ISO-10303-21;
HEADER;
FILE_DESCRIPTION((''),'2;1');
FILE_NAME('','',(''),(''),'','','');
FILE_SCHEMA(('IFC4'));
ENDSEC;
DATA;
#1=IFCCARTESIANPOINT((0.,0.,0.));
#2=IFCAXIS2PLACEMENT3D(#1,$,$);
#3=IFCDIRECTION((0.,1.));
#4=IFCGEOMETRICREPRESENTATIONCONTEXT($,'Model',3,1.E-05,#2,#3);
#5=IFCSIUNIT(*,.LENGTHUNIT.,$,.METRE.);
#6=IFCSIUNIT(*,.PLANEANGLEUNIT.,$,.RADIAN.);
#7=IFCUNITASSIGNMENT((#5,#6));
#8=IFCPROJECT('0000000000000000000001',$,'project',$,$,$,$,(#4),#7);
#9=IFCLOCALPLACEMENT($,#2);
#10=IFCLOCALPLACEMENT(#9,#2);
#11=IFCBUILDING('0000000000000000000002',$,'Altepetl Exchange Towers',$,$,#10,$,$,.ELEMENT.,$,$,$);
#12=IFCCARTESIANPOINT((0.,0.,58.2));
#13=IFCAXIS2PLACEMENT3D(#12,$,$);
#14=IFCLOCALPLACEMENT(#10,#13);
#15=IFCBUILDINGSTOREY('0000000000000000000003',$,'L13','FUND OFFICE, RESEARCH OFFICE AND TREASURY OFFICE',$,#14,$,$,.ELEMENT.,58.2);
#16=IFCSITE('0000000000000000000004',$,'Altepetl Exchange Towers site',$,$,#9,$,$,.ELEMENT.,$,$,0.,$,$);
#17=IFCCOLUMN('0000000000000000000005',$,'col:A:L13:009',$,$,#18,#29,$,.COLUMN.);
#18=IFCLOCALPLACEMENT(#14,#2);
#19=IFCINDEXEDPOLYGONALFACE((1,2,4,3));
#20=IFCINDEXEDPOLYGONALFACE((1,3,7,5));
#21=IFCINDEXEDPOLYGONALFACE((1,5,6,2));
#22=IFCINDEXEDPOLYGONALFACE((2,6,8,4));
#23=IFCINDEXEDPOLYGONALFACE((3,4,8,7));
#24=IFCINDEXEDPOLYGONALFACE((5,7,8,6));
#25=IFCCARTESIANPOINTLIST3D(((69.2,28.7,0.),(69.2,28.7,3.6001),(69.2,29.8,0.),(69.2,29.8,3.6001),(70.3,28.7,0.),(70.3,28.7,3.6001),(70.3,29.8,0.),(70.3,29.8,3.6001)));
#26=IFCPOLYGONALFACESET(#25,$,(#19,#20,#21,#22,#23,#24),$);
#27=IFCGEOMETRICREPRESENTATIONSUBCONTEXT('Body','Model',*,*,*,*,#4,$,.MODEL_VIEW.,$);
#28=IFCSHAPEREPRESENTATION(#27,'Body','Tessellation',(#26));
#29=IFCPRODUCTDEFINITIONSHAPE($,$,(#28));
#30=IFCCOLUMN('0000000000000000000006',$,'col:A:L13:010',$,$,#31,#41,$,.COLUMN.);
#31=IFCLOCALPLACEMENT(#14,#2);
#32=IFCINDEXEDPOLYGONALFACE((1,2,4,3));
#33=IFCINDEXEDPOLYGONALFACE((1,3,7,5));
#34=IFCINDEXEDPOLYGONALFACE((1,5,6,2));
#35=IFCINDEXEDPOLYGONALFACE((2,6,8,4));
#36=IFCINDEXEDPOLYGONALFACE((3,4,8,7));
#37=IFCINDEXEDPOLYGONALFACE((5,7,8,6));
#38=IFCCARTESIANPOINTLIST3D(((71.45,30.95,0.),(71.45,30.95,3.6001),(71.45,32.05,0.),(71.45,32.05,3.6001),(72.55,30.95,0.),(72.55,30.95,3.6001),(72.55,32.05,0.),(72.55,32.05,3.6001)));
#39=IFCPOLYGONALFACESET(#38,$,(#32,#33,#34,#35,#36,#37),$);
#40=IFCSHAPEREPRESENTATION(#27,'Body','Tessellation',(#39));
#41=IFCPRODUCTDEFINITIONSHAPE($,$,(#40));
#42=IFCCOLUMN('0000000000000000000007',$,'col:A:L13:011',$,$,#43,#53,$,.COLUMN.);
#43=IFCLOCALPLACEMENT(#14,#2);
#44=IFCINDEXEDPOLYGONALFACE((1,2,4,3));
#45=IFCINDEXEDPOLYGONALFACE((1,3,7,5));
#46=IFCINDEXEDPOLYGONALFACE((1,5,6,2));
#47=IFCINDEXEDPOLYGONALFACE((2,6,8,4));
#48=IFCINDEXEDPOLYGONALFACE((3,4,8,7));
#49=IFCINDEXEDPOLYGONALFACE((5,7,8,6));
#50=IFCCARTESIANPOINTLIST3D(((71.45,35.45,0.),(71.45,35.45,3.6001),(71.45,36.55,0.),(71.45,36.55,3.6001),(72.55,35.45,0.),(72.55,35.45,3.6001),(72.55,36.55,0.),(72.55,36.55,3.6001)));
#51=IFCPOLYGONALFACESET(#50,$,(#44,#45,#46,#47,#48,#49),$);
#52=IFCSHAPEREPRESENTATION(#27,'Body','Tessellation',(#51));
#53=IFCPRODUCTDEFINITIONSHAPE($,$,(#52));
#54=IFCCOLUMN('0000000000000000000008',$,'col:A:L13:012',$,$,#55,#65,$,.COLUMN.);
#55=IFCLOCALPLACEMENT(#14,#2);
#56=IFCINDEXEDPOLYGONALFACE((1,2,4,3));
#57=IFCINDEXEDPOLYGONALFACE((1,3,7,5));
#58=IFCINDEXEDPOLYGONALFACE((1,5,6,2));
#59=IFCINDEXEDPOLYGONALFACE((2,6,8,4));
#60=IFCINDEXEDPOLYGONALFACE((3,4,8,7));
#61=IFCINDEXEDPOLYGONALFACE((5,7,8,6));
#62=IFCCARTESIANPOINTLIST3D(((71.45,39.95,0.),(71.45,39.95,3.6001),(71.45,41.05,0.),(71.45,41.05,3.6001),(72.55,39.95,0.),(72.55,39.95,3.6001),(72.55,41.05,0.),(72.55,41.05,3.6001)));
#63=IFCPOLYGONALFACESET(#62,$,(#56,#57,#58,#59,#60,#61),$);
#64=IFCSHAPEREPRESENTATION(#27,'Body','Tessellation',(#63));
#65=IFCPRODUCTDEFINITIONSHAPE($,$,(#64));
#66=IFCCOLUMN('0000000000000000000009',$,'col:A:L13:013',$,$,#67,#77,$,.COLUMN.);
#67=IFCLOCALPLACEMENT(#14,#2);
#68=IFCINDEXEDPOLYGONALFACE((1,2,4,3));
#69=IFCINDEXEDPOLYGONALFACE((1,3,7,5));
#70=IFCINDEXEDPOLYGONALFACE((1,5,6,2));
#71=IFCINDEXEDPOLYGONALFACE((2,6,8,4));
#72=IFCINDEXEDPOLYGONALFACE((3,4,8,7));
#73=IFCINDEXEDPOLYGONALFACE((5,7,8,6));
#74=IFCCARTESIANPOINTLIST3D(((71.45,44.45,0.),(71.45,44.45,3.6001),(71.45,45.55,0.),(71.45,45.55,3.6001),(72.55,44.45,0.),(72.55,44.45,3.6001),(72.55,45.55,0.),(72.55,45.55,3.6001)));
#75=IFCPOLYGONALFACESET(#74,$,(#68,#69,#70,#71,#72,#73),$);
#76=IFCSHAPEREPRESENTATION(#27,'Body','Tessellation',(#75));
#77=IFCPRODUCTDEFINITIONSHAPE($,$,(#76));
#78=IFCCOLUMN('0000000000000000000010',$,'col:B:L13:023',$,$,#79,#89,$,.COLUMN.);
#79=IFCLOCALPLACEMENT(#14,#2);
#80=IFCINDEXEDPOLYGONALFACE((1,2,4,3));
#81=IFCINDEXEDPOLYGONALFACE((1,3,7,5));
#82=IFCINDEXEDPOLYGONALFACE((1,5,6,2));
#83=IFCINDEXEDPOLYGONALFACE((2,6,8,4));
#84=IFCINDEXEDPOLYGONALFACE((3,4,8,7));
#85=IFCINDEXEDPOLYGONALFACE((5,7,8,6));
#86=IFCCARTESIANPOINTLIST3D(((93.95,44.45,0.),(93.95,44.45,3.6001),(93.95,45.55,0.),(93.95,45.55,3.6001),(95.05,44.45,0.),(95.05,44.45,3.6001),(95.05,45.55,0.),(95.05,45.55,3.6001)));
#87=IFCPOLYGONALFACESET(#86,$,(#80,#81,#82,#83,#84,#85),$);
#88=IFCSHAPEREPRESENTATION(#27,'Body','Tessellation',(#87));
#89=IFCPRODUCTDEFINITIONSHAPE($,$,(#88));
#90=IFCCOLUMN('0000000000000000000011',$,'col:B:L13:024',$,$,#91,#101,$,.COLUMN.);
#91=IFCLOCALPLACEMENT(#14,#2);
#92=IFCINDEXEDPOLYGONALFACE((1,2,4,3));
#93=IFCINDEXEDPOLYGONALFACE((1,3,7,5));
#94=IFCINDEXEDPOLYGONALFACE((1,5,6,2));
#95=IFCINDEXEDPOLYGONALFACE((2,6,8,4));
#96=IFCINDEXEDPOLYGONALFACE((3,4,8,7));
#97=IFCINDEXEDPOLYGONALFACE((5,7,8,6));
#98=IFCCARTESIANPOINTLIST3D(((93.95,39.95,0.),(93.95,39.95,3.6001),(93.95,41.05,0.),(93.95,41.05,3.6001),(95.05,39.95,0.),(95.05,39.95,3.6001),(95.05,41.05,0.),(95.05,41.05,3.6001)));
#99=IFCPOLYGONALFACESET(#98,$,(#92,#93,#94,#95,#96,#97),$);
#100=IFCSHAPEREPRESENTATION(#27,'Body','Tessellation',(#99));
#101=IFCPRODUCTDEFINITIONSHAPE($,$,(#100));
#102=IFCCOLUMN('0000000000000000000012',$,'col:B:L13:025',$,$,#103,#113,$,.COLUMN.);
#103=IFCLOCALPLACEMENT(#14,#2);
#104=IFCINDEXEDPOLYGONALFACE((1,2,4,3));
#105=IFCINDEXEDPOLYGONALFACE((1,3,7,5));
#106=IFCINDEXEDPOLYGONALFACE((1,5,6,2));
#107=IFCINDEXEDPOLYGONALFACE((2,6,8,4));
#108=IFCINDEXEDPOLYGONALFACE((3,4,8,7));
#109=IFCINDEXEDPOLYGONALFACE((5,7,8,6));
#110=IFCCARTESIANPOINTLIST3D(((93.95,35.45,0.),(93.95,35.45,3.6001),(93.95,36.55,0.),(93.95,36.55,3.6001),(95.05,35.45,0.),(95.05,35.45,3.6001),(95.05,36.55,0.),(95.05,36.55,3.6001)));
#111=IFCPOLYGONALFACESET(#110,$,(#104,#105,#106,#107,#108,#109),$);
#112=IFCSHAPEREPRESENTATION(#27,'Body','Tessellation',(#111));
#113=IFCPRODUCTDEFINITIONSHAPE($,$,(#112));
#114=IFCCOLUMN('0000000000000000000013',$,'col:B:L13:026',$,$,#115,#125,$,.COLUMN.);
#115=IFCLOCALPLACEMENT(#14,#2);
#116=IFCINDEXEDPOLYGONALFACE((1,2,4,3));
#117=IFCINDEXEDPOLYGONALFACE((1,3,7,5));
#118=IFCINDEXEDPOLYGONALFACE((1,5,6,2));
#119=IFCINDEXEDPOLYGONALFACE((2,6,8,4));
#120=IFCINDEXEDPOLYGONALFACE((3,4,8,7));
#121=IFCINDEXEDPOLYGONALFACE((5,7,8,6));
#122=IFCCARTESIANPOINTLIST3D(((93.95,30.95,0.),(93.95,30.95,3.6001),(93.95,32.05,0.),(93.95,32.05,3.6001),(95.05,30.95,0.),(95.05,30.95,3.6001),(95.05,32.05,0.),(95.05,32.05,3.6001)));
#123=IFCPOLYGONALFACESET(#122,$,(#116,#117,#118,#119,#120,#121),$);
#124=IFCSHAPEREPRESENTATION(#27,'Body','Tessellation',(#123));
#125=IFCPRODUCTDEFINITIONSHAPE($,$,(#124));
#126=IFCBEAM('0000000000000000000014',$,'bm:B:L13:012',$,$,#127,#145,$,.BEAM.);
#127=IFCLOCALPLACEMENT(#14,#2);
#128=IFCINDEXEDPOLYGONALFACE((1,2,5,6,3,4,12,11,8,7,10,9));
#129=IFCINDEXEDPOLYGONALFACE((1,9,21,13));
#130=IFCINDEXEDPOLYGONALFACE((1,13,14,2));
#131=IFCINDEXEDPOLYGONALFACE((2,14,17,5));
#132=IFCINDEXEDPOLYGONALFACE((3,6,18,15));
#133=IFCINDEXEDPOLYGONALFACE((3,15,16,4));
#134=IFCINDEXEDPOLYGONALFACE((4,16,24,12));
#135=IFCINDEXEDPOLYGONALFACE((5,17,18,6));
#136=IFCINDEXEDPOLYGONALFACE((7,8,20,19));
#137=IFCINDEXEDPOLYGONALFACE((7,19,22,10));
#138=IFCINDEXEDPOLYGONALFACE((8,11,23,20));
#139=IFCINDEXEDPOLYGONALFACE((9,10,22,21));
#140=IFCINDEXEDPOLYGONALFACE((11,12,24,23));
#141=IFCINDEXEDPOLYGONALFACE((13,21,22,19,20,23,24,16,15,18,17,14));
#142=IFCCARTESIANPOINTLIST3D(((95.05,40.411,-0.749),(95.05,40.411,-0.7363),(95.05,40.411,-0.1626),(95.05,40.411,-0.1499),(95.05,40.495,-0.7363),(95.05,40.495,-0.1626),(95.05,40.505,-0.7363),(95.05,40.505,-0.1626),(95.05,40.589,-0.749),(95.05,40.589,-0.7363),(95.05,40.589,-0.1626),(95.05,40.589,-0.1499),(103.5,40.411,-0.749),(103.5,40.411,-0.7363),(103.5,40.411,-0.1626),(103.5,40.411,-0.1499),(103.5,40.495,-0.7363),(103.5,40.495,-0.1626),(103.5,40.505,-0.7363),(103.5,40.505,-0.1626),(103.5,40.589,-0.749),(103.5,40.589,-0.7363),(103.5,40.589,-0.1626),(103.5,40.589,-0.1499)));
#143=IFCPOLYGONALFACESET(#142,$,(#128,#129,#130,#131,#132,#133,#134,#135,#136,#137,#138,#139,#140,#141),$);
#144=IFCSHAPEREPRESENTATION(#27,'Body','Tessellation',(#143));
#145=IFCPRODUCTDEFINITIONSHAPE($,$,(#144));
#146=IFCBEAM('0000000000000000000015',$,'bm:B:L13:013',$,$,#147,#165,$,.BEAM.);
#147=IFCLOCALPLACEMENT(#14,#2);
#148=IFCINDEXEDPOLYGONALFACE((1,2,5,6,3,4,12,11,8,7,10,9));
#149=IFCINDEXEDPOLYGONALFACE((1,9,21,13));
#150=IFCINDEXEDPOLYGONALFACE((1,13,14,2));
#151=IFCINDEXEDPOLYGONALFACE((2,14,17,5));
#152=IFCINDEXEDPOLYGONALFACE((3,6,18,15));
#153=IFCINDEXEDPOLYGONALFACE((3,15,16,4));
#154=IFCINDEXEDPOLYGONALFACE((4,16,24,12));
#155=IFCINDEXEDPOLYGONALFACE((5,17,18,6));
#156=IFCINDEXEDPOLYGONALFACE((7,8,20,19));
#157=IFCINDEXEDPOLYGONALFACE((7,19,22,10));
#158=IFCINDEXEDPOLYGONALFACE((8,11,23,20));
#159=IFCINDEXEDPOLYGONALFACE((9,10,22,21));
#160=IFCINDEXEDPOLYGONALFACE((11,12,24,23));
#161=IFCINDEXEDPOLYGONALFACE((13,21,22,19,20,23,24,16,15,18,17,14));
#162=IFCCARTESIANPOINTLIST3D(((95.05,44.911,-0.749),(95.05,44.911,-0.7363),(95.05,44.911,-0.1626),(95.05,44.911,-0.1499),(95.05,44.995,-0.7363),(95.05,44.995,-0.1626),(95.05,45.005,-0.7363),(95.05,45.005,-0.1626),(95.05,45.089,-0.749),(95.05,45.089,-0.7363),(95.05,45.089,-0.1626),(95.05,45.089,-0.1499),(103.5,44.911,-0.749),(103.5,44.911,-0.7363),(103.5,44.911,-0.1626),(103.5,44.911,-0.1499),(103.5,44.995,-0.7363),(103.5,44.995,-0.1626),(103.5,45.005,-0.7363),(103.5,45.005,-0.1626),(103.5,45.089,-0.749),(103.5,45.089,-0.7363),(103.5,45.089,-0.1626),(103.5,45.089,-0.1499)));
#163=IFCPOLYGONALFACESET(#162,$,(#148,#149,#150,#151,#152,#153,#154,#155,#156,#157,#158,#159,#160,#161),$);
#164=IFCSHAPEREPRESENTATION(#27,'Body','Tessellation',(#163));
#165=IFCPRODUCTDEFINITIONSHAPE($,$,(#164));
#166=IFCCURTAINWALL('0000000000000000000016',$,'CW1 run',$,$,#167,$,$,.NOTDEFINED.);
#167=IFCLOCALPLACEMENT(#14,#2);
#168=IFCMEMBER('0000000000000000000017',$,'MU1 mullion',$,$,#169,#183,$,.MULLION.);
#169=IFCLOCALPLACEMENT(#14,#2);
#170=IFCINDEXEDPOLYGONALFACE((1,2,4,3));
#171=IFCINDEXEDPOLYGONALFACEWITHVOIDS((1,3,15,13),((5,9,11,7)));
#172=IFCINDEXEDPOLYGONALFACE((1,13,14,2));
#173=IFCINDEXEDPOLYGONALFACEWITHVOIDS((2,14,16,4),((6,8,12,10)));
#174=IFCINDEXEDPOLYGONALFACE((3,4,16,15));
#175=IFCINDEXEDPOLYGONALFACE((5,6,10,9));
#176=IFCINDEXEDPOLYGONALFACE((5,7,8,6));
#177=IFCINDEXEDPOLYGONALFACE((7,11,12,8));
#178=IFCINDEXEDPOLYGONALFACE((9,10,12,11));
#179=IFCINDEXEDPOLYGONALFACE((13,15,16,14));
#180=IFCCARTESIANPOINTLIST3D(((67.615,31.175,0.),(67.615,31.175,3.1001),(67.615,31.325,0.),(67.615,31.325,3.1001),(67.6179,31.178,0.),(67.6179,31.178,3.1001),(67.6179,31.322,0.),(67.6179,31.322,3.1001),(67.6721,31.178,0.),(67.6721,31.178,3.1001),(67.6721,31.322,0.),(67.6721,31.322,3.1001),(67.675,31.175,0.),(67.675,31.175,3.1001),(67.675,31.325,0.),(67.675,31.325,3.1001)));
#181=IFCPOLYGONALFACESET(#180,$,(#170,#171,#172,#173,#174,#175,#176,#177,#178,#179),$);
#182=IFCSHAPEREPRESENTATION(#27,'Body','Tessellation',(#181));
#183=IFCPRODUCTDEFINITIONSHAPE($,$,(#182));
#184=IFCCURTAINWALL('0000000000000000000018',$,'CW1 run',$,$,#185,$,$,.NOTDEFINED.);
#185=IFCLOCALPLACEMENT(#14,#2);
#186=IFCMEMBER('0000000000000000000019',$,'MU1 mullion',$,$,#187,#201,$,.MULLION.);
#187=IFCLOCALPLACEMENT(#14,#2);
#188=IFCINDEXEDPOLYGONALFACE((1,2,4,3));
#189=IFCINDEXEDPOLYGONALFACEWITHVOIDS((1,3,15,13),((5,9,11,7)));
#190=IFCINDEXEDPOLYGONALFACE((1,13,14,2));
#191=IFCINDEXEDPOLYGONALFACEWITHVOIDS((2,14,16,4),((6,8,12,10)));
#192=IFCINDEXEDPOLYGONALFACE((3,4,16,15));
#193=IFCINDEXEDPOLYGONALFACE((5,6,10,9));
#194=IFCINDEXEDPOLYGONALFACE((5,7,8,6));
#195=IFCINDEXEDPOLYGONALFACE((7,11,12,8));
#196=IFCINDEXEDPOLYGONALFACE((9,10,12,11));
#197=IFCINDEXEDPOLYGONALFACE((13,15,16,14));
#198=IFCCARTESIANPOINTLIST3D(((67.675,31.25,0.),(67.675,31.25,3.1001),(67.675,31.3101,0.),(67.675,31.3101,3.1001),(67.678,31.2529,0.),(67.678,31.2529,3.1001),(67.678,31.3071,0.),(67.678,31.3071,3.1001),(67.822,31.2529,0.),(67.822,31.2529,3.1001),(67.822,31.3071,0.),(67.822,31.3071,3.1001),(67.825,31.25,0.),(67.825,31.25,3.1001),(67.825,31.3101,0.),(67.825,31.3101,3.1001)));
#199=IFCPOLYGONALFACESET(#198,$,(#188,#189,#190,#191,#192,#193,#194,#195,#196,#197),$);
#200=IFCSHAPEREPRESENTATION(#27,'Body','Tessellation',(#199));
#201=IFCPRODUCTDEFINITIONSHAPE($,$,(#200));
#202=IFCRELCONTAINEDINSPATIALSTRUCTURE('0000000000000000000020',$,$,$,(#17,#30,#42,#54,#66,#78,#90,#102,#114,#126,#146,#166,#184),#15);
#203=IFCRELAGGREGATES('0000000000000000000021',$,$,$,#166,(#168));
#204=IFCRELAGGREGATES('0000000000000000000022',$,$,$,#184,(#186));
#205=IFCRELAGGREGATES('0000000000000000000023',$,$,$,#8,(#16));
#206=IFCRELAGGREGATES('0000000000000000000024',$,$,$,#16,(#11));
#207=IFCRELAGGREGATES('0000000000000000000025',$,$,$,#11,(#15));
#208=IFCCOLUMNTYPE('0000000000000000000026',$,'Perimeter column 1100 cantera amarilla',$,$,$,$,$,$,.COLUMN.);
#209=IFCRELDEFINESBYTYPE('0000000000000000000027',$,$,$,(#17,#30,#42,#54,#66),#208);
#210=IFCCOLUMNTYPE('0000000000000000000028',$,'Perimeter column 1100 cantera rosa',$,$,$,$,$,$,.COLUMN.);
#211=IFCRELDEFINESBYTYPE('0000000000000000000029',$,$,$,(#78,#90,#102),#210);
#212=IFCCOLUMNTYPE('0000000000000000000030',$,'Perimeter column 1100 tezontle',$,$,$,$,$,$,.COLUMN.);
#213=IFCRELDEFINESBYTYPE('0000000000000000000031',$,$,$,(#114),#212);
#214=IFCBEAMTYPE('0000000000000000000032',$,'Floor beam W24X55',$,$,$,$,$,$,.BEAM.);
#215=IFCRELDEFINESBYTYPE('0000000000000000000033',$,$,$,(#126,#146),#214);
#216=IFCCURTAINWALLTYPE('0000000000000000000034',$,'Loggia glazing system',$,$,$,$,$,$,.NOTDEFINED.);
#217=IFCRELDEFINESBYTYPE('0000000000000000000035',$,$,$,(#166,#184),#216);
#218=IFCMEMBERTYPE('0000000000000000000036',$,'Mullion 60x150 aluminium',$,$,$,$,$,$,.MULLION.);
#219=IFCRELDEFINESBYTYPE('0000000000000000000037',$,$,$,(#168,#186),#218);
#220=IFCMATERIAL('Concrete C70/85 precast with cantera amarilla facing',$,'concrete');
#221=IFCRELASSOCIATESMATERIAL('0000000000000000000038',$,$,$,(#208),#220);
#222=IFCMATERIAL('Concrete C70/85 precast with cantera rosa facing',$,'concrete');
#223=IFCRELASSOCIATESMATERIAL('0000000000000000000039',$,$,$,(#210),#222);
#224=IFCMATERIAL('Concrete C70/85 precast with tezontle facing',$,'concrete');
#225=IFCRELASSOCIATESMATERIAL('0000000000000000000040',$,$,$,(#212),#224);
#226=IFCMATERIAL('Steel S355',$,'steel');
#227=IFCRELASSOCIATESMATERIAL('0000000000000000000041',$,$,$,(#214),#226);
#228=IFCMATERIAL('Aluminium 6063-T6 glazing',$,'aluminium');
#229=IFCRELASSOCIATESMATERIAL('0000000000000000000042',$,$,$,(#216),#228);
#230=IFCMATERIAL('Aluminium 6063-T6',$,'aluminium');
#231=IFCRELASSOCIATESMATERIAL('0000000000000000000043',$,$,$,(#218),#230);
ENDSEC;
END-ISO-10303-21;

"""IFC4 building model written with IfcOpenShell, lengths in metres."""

from ifc_helpers import new_model, si_unit, direction, frame, origin, origin_2d, place, context, subcontext, project, spatial, rectangle, hollow_rectangle, i_section, extrude, material, material_profile, profile_set, type_object, element, aggregate, save


model = new_model("IFC4")

# Units and contexts
model_context = context("Model", 3, precision=1e-05, world=origin(), true_north=direction((0.0, 1.0)))
body_context = subcontext(model_context, "Body", "Model", "MODEL_VIEW")
ifc_project = project(units=[si_unit("LENGTHUNIT", "METRE"), si_unit("PLANEANGLEUNIT", "RADIAN")], contexts=[model_context])

# Site, building, storey
site_placement = place(None, origin())
site = spatial("IfcSite", under=ifc_project, at=site_placement, Name="Altepetl Exchange Towers site", CompositionType="ELEMENT", RefElevation=0.0)
building_placement = place(site_placement, origin())
building = spatial("IfcBuilding", under=site, at=building_placement, Name="Altepetl Exchange Towers", CompositionType="ELEMENT")
storey_placement = place(building_placement, frame((0.0, 0.0, 58.2)))
storey = spatial("IfcBuildingStorey", under=building, at=storey_placement, Name="L13", Description="FUND OFFICE, RESEARCH OFFICE AND TREASURY OFFICE", CompositionType="ELEMENT", Elevation=58.2)

# Columns
ifc_material_1 = material(Name="Concrete C70/85 precast with cantera amarilla facing", Category="concrete")
ifc_material_profile_1 = material_profile(ifc_material_1, rectangle(XDim=1.1001, YDim=1.1001, at=origin_2d()), Name="1100 x 1100")
ifc_profile_set_1 = profile_set([ifc_material_profile_1], Name="Concrete C70/85 precast with cantera amarilla facing")
column_type_1 = type_object("IfcColumnType", Name="Perimeter column 1100 cantera amarilla", PredefinedType="COLUMN", material=ifc_profile_set_1)
for number, where, name in (
    (1, (69.75, 29.25, 0.0), "col:A:L13:009"),
    (2, (72.0, 31.5, 0.0), "col:A:L13:010"),
    (3, (72.0, 36.0, 0.0), "col:A:L13:011"),
    (4, (72.0, 40.5, 0.0), "col:A:L13:012"),
    (5, (72.0, 45.0, 0.0), "col:A:L13:013"),
):
    element("IfcColumn", number, at=place(storey_placement, frame(where)), inside=storey, type_object=column_type_1, Name=name, PredefinedType="COLUMN", context=body_context, shape_type="SweptSolid", body=[
        extrude(rectangle(XDim=1.1001, YDim=1.1001, at=origin_2d()), origin(), (0.0, 0.0, 1.0), 3.6001),
    ])
ifc_material_2 = material(Name="Concrete C70/85 precast with cantera rosa facing", Category="concrete")
ifc_material_profile_2 = material_profile(ifc_material_2, rectangle(XDim=1.1001, YDim=1.1001, at=origin_2d()), Name="1100 x 1100")
ifc_profile_set_2 = profile_set([ifc_material_profile_2], Name="Concrete C70/85 precast with cantera rosa facing")
column_type_2 = type_object("IfcColumnType", Name="Perimeter column 1100 cantera rosa", PredefinedType="COLUMN", material=ifc_profile_set_2)
for number, where, name in (
    (6, (94.5, 45.0, 0.0), "col:B:L13:023"),
    (7, (94.5, 40.5, 0.0), "col:B:L13:024"),
    (8, (94.5, 36.0, 0.0), "col:B:L13:025"),
):
    element("IfcColumn", number, at=place(storey_placement, frame(where)), inside=storey, type_object=column_type_2, Name=name, PredefinedType="COLUMN", context=body_context, shape_type="SweptSolid", body=[
        extrude(rectangle(XDim=1.1001, YDim=1.1001, at=origin_2d()), origin(), (0.0, 0.0, 1.0), 3.6001),
    ])
ifc_material_3 = material(Name="Concrete C70/85 precast with tezontle facing", Category="concrete")
ifc_material_profile_3 = material_profile(ifc_material_3, rectangle(XDim=1.1001, YDim=1.1001, at=origin_2d()), Name="1100 x 1100")
ifc_profile_set_3 = profile_set([ifc_material_profile_3], Name="Concrete C70/85 precast with tezontle facing")
column_type_3 = type_object("IfcColumnType", Name="Perimeter column 1100 tezontle", PredefinedType="COLUMN", material=ifc_profile_set_3)
column_placement = place(storey_placement, frame((94.5, 31.5, 0.0)))
element("IfcColumn", 9, at=column_placement, inside=storey, type_object=column_type_3, Name="col:B:L13:026", PredefinedType="COLUMN", context=body_context, shape_type="SweptSolid", body=[
    extrude(rectangle(XDim=1.1001, YDim=1.1001, at=origin_2d()), origin(), (0.0, 0.0, 1.0), 3.6001),
])

# Beams
ifc_material_4 = material(Name="Steel S355", Category="steel")
ifc_material_profile_4 = material_profile(ifc_material_4, i_section(OverallWidth=0.178, OverallDepth=0.5991, WebThickness=0.01, FlangeThickness=0.0127, at=origin_2d()), Name="W24X55")
ifc_profile_set_4 = profile_set([ifc_material_profile_4], Name="Steel S355")
beam_type_1 = type_object("IfcBeamType", Name="Floor beam W24X55", PredefinedType="BEAM", material=ifc_profile_set_4)
for number, where, z_axis, x_axis, name in (
    (10, (95.05, 40.5, -0.4495), (1.0, 0.0, 0.0), (0.0, 1.0, 0.0), "bm:B:L13:012"),
    (11, (95.05, 45.0, -0.4495), (1.0, 0.0, 0.0), (0.0, 1.0, 0.0), "bm:B:L13:013"),
):
    element("IfcBeam", number, at=place(storey_placement, frame(where, z_axis=z_axis, x_axis=x_axis)), inside=storey, type_object=beam_type_1, Name=name, PredefinedType="BEAM", context=body_context, shape_type="SweptSolid", body=[
        extrude(i_section(OverallWidth=0.178, OverallDepth=0.5991, WebThickness=0.01, FlangeThickness=0.0127, at=origin_2d()), origin(), (0.0, 0.0, 1.0), 8.45),
    ])

# Curtain wall, member
ifc_material_5 = material(Name="Aluminium 6063-T6 glazing", Category="aluminium")
curtain_wall_type = type_object("IfcCurtainWallType", Name="Loggia glazing system", PredefinedType="NOTDEFINED", material=ifc_material_5)
curtain_wall_1_placement = place(storey_placement, origin())
curtain_wall_1 = element("IfcCurtainWall", 12, at=curtain_wall_1_placement, inside=storey, type_object=curtain_wall_type, Name="CW1 run", PredefinedType="NOTDEFINED")
ifc_material_6 = material(Name="Aluminium 6063-T6", Category="aluminium")
ifc_material_profile_5 = material_profile(ifc_material_6, hollow_rectangle(XDim=0.0601, YDim=0.1499, WallThickness=0.0029, at=origin_2d()), Name="Mullion 60x150 aluminium")
ifc_profile_set_5 = profile_set([ifc_material_profile_5], Name="Aluminium 6063-T6")
member_type = type_object("IfcMemberType", Name="Mullion 60x150 aluminium", PredefinedType="MULLION", material=ifc_profile_set_5)
member_1_placement = place(storey_placement, frame((67.645, 31.25, 0.0)))
member_1 = element("IfcMember", 13, at=member_1_placement, type_object=member_type, Name="MU1 mullion", PredefinedType="MULLION", context=body_context, shape_type="SweptSolid", body=[
    extrude(hollow_rectangle(XDim=0.0601, YDim=0.1499, WallThickness=0.0029, at=origin_2d()), origin(), (0.0, 0.0, 1.0), 3.1001),
])
aggregate(curtain_wall_1, [member_1])

# Curtain wall, member
curtain_wall_2_placement = place(storey_placement, origin())
curtain_wall_2 = element("IfcCurtainWall", 14, at=curtain_wall_2_placement, inside=storey, type_object=curtain_wall_type, Name="CW1 run", PredefinedType="NOTDEFINED")
member_2_placement = place(storey_placement, frame((67.75, 31.28, 0.0), z_axis=(0.0, 0.0, 1.0), x_axis=(0.0, 1.0, 0.0)))
member_2 = element("IfcMember", 15, at=member_2_placement, type_object=member_type, Name="MU1 mullion", PredefinedType="MULLION", context=body_context, shape_type="SweptSolid", body=[
    extrude(hollow_rectangle(XDim=0.0601, YDim=0.1499, WallThickness=0.0029, at=origin_2d()), origin(), (0.0, 0.0, 1.0), 3.1001),
])

aggregate(curtain_wall_2, [member_2])

save(model, "model.ifc")
